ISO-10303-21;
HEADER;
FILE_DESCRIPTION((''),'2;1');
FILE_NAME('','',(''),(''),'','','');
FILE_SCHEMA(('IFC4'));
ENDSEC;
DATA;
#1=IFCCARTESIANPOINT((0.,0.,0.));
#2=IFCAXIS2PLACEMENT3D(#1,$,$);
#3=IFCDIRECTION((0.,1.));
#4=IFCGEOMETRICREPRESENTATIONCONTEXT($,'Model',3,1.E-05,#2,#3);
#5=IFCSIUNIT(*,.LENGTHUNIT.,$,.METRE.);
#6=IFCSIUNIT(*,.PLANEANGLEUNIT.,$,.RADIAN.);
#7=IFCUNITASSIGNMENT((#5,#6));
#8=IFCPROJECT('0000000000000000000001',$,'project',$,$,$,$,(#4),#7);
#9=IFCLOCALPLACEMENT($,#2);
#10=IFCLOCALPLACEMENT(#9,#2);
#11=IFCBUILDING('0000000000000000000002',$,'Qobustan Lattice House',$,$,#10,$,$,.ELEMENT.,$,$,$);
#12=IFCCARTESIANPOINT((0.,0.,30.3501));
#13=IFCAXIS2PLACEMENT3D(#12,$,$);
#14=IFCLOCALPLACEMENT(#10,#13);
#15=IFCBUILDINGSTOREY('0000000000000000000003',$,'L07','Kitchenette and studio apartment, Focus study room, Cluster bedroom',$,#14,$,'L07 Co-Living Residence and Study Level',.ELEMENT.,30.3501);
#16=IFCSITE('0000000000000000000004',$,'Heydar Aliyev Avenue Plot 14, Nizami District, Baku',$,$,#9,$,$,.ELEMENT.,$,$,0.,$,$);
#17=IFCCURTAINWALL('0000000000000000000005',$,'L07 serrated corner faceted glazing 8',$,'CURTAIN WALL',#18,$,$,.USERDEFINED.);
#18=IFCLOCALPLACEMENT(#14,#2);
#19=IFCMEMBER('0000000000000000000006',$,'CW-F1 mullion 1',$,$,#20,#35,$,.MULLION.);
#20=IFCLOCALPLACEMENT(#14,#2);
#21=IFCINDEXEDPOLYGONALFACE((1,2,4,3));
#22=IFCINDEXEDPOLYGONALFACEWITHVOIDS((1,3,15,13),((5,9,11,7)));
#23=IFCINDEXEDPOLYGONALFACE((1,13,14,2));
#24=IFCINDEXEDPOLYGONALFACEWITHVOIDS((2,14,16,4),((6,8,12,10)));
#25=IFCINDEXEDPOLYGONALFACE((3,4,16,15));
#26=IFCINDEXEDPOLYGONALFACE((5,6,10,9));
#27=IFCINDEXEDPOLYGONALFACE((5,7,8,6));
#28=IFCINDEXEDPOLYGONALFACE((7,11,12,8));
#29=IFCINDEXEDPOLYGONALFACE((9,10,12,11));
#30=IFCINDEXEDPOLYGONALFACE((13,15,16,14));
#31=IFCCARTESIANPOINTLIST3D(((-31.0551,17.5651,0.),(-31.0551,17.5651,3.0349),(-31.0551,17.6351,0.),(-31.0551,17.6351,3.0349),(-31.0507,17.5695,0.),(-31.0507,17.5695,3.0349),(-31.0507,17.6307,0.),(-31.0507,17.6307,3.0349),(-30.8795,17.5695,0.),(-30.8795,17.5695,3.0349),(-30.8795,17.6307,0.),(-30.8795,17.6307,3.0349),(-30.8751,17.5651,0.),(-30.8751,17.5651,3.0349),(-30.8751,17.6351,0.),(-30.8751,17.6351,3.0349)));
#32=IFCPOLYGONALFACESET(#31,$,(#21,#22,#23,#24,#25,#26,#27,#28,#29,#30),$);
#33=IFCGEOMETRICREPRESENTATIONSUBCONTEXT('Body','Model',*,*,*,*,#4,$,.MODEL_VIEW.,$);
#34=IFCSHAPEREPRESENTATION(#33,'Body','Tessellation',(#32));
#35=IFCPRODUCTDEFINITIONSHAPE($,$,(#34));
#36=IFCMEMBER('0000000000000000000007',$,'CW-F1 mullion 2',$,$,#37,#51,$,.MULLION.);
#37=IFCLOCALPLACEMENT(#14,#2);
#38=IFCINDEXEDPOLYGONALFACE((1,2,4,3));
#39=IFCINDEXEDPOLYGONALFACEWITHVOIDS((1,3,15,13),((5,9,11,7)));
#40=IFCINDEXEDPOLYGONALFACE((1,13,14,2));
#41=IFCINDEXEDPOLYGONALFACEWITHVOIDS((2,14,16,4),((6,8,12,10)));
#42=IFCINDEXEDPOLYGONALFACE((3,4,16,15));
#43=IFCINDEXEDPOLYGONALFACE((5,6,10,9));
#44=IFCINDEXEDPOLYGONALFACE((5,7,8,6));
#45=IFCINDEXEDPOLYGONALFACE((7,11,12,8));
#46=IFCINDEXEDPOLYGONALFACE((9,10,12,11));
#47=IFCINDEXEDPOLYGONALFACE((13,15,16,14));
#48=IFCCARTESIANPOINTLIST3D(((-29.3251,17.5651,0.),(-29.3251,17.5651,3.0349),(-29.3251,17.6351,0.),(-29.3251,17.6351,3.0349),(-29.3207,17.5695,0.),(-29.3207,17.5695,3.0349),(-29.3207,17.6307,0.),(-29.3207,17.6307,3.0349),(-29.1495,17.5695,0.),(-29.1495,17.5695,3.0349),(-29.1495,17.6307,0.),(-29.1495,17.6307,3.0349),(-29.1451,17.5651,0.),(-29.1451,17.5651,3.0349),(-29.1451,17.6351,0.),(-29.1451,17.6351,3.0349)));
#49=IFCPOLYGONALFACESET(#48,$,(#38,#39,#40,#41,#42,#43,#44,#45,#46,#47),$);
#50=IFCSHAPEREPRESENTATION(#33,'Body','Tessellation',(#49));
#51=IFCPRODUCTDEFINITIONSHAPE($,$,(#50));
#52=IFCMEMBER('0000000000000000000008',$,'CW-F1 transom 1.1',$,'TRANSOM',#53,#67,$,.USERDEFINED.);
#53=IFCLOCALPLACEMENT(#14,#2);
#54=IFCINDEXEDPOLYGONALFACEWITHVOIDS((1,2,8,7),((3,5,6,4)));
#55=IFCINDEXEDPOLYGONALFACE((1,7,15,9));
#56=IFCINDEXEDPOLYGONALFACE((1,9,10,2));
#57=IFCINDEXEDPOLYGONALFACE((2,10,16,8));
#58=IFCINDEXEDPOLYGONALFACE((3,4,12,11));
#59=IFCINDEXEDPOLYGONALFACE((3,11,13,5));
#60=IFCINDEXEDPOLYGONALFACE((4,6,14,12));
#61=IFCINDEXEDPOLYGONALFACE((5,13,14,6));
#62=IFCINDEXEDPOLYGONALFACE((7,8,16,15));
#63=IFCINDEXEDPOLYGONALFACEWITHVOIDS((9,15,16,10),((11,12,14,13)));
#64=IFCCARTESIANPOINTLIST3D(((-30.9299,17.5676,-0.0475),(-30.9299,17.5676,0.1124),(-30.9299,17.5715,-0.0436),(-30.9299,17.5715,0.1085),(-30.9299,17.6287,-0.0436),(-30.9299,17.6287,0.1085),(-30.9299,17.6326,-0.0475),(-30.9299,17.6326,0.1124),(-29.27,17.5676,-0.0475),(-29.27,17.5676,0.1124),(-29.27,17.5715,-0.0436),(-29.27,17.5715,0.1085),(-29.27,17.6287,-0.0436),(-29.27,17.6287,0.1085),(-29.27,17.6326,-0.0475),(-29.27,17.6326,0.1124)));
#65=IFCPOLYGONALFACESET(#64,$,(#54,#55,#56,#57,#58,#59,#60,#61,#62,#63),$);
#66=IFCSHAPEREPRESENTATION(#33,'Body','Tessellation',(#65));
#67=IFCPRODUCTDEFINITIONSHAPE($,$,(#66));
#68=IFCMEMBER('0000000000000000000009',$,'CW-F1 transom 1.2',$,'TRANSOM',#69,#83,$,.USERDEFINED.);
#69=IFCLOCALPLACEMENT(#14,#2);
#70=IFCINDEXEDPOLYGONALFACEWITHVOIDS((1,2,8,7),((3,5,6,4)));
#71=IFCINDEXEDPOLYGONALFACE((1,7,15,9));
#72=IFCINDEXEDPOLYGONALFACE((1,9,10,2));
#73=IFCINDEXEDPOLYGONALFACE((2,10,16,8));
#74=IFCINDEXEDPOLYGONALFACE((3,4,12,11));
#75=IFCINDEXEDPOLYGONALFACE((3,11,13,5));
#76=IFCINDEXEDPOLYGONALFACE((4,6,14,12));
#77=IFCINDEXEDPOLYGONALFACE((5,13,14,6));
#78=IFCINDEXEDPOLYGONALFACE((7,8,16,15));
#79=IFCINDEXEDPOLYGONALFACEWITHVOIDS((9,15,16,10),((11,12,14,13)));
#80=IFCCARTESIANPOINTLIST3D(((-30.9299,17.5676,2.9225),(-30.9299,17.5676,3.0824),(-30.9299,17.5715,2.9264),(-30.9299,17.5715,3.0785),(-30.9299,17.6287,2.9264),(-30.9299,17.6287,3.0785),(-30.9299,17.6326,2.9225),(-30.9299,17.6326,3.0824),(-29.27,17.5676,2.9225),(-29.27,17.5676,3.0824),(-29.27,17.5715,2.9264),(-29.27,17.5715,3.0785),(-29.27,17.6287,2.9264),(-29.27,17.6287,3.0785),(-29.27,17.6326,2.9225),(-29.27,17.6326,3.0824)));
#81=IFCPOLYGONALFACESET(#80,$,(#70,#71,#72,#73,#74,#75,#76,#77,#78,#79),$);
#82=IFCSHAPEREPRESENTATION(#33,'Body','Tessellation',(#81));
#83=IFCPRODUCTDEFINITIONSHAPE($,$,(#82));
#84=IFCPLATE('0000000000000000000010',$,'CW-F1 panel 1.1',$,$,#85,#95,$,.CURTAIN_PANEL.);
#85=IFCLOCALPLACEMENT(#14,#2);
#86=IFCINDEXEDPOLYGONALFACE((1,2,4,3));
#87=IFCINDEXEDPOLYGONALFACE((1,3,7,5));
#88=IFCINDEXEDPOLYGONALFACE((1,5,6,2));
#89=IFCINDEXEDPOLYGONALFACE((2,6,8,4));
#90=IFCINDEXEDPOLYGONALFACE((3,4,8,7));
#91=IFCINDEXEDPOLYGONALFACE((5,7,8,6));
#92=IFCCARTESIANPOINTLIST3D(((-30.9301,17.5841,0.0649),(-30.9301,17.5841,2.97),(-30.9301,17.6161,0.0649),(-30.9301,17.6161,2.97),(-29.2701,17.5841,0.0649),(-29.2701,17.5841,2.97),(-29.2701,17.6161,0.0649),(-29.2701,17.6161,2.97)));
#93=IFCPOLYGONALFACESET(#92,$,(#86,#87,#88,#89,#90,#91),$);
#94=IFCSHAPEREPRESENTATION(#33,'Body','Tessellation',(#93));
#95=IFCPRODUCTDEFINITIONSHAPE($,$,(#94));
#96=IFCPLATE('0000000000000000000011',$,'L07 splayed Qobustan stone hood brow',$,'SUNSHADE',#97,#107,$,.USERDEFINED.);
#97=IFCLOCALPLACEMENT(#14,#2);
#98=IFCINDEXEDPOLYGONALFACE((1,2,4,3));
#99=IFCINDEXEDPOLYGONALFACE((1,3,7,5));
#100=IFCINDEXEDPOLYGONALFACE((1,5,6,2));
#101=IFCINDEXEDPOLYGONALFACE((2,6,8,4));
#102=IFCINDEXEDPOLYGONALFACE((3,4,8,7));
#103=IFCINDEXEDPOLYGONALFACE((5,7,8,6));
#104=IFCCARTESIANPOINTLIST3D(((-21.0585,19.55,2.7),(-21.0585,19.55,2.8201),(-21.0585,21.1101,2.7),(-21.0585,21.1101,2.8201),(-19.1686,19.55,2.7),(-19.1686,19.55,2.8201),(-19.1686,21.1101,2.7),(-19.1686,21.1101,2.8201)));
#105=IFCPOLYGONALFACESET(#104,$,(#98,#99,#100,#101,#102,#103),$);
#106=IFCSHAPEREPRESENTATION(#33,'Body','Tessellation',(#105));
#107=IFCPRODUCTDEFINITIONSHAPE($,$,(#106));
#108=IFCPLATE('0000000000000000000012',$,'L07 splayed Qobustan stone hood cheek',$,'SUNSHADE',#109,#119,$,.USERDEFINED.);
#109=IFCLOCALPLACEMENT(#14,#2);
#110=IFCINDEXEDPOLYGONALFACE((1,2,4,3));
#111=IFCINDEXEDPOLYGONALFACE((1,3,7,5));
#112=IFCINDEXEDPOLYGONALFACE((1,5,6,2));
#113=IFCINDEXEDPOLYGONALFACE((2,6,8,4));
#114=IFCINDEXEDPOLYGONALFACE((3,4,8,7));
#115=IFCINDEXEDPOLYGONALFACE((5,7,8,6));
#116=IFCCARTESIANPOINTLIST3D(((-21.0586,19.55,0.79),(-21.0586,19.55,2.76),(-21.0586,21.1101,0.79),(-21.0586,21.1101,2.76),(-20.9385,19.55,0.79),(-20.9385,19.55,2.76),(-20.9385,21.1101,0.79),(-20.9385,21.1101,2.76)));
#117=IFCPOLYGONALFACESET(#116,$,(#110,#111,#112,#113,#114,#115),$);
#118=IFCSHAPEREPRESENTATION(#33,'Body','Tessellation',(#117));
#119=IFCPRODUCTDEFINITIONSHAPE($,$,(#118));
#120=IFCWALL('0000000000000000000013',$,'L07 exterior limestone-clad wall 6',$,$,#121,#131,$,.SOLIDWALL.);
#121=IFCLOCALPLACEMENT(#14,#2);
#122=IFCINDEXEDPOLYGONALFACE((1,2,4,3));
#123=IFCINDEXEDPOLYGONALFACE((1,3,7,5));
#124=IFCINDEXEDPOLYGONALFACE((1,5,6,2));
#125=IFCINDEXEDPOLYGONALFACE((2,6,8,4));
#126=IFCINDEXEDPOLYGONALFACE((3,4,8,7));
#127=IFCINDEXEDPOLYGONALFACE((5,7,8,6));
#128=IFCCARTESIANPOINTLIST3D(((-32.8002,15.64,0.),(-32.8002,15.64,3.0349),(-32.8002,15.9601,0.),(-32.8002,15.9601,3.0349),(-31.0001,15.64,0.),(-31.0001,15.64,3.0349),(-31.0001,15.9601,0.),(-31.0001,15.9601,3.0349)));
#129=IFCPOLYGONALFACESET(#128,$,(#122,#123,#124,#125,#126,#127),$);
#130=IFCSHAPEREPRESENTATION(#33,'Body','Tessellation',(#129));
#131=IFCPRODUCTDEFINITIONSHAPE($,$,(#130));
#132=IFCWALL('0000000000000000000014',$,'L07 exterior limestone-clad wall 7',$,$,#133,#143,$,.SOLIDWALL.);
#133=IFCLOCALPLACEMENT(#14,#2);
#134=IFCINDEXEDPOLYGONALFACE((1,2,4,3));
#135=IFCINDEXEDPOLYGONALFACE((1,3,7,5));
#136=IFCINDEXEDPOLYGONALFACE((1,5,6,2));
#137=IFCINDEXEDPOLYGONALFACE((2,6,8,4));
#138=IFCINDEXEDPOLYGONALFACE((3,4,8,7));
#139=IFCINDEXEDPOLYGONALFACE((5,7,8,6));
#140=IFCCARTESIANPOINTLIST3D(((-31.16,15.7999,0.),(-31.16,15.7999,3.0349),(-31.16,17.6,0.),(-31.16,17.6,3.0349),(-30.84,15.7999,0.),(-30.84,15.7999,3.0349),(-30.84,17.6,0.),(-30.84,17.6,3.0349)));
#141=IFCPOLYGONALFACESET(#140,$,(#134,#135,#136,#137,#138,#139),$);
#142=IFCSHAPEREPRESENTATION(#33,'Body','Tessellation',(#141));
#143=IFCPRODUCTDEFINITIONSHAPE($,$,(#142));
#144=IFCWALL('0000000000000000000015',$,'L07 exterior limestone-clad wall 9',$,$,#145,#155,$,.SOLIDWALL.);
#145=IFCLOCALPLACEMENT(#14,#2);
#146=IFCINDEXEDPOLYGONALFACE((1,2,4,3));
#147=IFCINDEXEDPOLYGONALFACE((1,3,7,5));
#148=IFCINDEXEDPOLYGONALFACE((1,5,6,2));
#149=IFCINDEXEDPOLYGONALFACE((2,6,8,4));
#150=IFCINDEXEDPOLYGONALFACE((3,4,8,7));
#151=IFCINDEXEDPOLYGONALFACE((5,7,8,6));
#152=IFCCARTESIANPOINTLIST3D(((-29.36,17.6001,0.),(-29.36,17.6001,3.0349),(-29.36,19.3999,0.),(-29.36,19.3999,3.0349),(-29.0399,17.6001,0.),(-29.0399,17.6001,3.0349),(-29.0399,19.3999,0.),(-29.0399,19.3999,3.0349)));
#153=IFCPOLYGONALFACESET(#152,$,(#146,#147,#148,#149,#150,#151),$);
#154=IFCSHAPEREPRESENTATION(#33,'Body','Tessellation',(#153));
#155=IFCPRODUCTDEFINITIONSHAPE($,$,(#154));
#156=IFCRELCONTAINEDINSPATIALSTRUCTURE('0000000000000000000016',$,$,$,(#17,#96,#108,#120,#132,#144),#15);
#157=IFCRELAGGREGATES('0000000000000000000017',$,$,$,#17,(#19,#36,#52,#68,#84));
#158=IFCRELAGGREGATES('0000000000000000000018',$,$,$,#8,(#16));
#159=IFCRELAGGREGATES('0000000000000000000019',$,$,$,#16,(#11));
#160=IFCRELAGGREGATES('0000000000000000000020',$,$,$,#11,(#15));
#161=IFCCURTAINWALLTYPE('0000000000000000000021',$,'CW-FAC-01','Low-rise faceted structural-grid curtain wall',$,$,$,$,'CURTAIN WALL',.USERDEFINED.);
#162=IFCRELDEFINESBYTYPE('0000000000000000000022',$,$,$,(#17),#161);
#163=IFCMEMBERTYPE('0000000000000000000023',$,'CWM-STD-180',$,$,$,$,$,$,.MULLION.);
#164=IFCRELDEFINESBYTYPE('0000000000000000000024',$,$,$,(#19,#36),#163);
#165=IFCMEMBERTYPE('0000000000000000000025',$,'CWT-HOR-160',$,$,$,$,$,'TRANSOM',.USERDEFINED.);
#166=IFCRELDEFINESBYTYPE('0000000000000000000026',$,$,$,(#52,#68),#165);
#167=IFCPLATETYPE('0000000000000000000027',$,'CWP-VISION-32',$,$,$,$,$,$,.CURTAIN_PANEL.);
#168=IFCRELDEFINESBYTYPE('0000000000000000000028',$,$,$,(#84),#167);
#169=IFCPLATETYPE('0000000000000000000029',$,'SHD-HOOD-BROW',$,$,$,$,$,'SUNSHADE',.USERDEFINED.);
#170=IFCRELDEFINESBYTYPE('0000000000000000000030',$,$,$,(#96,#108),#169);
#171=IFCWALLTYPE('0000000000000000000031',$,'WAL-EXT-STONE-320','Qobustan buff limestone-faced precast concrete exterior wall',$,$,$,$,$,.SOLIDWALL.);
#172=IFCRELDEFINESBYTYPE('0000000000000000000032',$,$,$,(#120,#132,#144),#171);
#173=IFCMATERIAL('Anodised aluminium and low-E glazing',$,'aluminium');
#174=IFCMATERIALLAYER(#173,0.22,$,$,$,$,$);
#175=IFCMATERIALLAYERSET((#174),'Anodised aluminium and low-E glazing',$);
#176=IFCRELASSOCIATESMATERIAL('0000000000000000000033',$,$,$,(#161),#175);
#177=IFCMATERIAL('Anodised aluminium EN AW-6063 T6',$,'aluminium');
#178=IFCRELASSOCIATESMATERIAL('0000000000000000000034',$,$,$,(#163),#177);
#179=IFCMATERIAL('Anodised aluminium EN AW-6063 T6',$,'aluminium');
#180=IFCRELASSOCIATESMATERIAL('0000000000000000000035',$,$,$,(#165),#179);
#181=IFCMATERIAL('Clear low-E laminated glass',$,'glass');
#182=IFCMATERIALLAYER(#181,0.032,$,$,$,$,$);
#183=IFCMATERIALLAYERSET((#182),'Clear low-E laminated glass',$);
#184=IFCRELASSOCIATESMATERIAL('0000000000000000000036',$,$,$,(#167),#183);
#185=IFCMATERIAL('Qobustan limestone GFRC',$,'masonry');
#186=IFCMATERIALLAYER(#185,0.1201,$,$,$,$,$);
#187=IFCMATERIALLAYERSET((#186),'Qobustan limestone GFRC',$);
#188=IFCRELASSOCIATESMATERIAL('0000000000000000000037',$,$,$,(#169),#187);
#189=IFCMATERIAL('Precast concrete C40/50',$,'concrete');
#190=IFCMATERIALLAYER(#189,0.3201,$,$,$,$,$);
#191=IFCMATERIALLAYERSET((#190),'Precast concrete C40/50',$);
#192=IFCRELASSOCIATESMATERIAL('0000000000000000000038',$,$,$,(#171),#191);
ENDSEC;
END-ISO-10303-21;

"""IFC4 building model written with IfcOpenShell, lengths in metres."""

from ifc_helpers import new_model, si_unit, direction, frame, frame_2d, origin, origin_2d, place, context, subcontext, project, spatial, rectangle, hollow_rectangle, extrude, material, layer, layer_set, material_profile, profile_set, type_object, element, aggregate, save


model = new_model("IFC4")

# Units and contexts
model_context = context("Model", 3, precision=1e-05, world=origin(), true_north=direction((0.0, 1.0)))
body_context = subcontext(model_context, "Body", "Model", "MODEL_VIEW")
ifc_project = project(units=[si_unit("LENGTHUNIT", "METRE"), si_unit("PLANEANGLEUNIT", "RADIAN")], contexts=[model_context])

# Site, building, storey
site_placement = place(None, origin())
site = spatial("IfcSite", under=ifc_project, at=site_placement, Name="Heydar Aliyev Avenue Plot 14, Nizami District, Baku", CompositionType="ELEMENT", RefElevation=0.0)
building_placement = place(site_placement, origin())
building = spatial("IfcBuilding", under=site, at=building_placement, Name="Qobustan Lattice House", CompositionType="ELEMENT")
storey_placement = place(building_placement, frame((0.0, 0.0, 30.3501)))
storey = spatial("IfcBuildingStorey", under=building, at=storey_placement, Name="L07", Description="Kitchenette and studio apartment, Focus study room, Cluster bedroom", LongName="L07 Co-Living Residence and Study Level", CompositionType="ELEMENT", Elevation=30.3501)

# Curtain wall, members, plate
ifc_material_1 = material(Name="Anodised aluminium and low-E glazing", Category="aluminium")
ifc_layer_1 = layer(ifc_material_1, 0.22)
ifc_layer_set_1 = layer_set([ifc_layer_1], Name="Anodised aluminium and low-E glazing")
curtain_wall_type = type_object("IfcCurtainWallType", Name="CW-FAC-01", Description="Low-rise faceted structural-grid curtain wall", ElementType="CURTAIN WALL", PredefinedType="USERDEFINED", material=ifc_layer_set_1)
curtain_wall_placement = place(storey_placement, origin())
curtain_wall = element("IfcCurtainWall", 1, at=curtain_wall_placement, inside=storey, type_object=curtain_wall_type, Name="L07 serrated corner faceted glazing 8", ObjectType="CURTAIN WALL", PredefinedType="USERDEFINED")
ifc_material_2 = material(Name="Anodised aluminium EN AW-6063 T6", Category="aluminium")
ifc_material_profile_1 = material_profile(ifc_material_2, hollow_rectangle(XDim=0.0701, YDim=0.1799, WallThickness=0.0044, at=origin_2d()), Name="CWM-180x70")
ifc_profile_set_1 = profile_set([ifc_material_profile_1], Name="Anodised aluminium EN AW-6063 T6")
member_type_1 = type_object("IfcMemberType", Name="CWM-STD-180", PredefinedType="MULLION", material=ifc_profile_set_1)
member_1_placement = place(storey_placement, frame((-30.9651, 17.6001, 0.0), z_axis=(0.0, 0.0, 1.0), x_axis=(0.0, 1.0, 0.0)))
member_1 = element("IfcMember", 2, at=member_1_placement, type_object=member_type_1, Name="CW-F1 mullion 1", PredefinedType="MULLION", context=body_context, shape_type="SweptSolid", body=[
    extrude(hollow_rectangle(XDim=0.0701, YDim=0.1799, WallThickness=0.0044, at=origin_2d()), origin(), (0.0, 0.0, 1.0), 3.0349),
])
member_2_placement = place(storey_placement, frame((-29.2351, 17.6001, 0.0), z_axis=(0.0, 0.0, 1.0), x_axis=(0.0, 1.0, 0.0)))
member_2 = element("IfcMember", 3, at=member_2_placement, type_object=member_type_1, Name="CW-F1 mullion 2", PredefinedType="MULLION", context=body_context, shape_type="SweptSolid", body=[
    extrude(hollow_rectangle(XDim=0.0701, YDim=0.1799, WallThickness=0.0044, at=origin_2d()), origin(), (0.0, 0.0, 1.0), 3.0349),
])
ifc_material_3 = material(Name="Anodised aluminium EN AW-6063 T6", Category="aluminium")
ifc_material_profile_2 = material_profile(ifc_material_3, hollow_rectangle(XDim=0.0649, YDim=0.1599, WallThickness=0.0039, at=origin_2d()), Name="CWT-160x65")
ifc_profile_set_2 = profile_set([ifc_material_profile_2], Name="Anodised aluminium EN AW-6063 T6")
member_type_2 = type_object("IfcMemberType", Name="CWT-HOR-160", ElementType="TRANSOM", PredefinedType="USERDEFINED", material=ifc_profile_set_2)
member_3_placement = place(storey_placement, frame((-30.9299, 17.6001, 0.0325), z_axis=(1.0, 0.0, 0.0), x_axis=(0.0, 1.0, 0.0)))
member_3 = element("IfcMember", 4, at=member_3_placement, type_object=member_type_2, Name="CW-F1 transom 1.1", ObjectType="TRANSOM", PredefinedType="USERDEFINED", context=body_context, shape_type="SweptSolid", body=[
    extrude(hollow_rectangle(XDim=0.0649, YDim=0.1599, WallThickness=0.0039, at=origin_2d()), origin(), (0.0, 0.0, 1.0), 1.6599),
])
member_4_placement = place(storey_placement, frame((-30.9299, 17.6001, 3.0024), z_axis=(1.0, 0.0, 0.0), x_axis=(0.0, 1.0, 0.0)))
member_4 = element("IfcMember", 5, at=member_4_placement, type_object=member_type_2, Name="CW-F1 transom 1.2", ObjectType="TRANSOM", PredefinedType="USERDEFINED", context=body_context, shape_type="SweptSolid", body=[
    extrude(hollow_rectangle(XDim=0.0649, YDim=0.1599, WallThickness=0.0039, at=origin_2d()), origin(), (0.0, 0.0, 1.0), 1.6599),
])
ifc_material_4 = material(Name="Clear low-E laminated glass", Category="glass")
ifc_layer_2 = layer(ifc_material_4, 0.032)
ifc_layer_set_2 = layer_set([ifc_layer_2], Name="Clear low-E laminated glass")
plate_type_1 = type_object("IfcPlateType", Name="CWP-VISION-32", PredefinedType="CURTAIN_PANEL", material=ifc_layer_set_2)
plate_1_placement = place(storey_placement, frame((-30.1001, 17.6001, 0.0649), z_axis=(0.0, 0.0, 1.0), x_axis=(1.0, 0.0, 0.0)))
plate_1 = element("IfcPlate", 6, at=plate_1_placement, type_object=plate_type_1, Name="CW-F1 panel 1.1", PredefinedType="CURTAIN_PANEL", context=body_context, shape_type="SweptSolid", body=[
    extrude(rectangle(XDim=1.6599, YDim=0.032, at=origin_2d()), origin(), (0.0, 0.0, 1.0), 2.905),
])
aggregate(curtain_wall, [member_1, member_2, member_3, member_4, plate_1])

# Plates
ifc_material_5 = material(Name="Qobustan limestone GFRC", Category="masonry")
ifc_layer_3 = layer(ifc_material_5, 0.1201)
ifc_layer_set_3 = layer_set([ifc_layer_3], Name="Qobustan limestone GFRC")
plate_type_2 = type_object("IfcPlateType", Name="SHD-HOOD-BROW", ElementType="SUNSHADE", PredefinedType="USERDEFINED", material=ifc_layer_set_3)
plate_2_placement = place(storey_placement, frame((-20.1135, 20.3301, 2.7), z_axis=(0.0, 0.0, 1.0), x_axis=(1.0, 0.0, 0.0)))
element("IfcPlate", 7, at=plate_2_placement, inside=storey, type_object=plate_type_2, Name="L07 splayed Qobustan stone hood brow", ObjectType="SUNSHADE", PredefinedType="USERDEFINED", context=body_context, shape_type="SweptSolid", body=[
    extrude(rectangle(XDim=1.8899, YDim=1.5601, at=origin_2d()), origin(), (0.0, 0.0, 1.0), 0.1201),
])
plate_3_placement = place(storey_placement, frame((-20.9985, 20.3301, 0.79), z_axis=(0.0, 0.0, 1.0), x_axis=(1.0, 0.0, 0.0)))
element("IfcPlate", 8, at=plate_3_placement, inside=storey, type_object=plate_type_2, Name="L07 splayed Qobustan stone hood cheek", ObjectType="SUNSHADE", PredefinedType="USERDEFINED", context=body_context, shape_type="SweptSolid", body=[
    extrude(rectangle(XDim=0.1201, YDim=1.5601, at=origin_2d()), origin(), (0.0, 0.0, 1.0), 1.97),
])

# Walls
ifc_material_6 = material(Name="Precast concrete C40/50", Category="concrete")
ifc_layer_4 = layer(ifc_material_6, 0.3201)
ifc_layer_set_4 = layer_set([ifc_layer_4], Name="Precast concrete C40/50")
wall_type = type_object("IfcWallType", Name="WAL-EXT-STONE-320", Description="Qobustan buff limestone-faced precast concrete exterior wall", PredefinedType="SOLIDWALL", material=ifc_layer_set_4)
for number, where, z_axis, x_axis, name in (
    (9, (-32.8, 15.8, 0.0), (0.0, 0.0, 1.0), (1.0, 0.0, 0.0), "L07 exterior limestone-clad wall 6"),
    (10, (-31.0, 15.8, 0.0), (0.0, 0.0, 1.0), (0.0, 1.0, 0.0), "L07 exterior limestone-clad wall 7"),
):
    element("IfcWall", number, at=place(storey_placement, frame(where, z_axis=z_axis, x_axis=x_axis)), inside=storey, type_object=wall_type, Name=name, PredefinedType="SOLIDWALL", context=body_context, shape_type="SweptSolid", body=[
        extrude(rectangle(XDim=1.8, YDim=0.3201, at=frame_2d((0.8999, 0.0))), origin(), (0.0, 0.0, 1.0), 3.0349),
    ])
wall_1_placement = place(storey_placement, frame((-29.2, 17.6001, 0.0), z_axis=(0.0, 0.0, 1.0), x_axis=(0.0, 1.0, 0.0)))
element("IfcWall", 11, at=wall_1_placement, inside=storey, type_object=wall_type, Name="L07 exterior limestone-clad wall 9", PredefinedType="SOLIDWALL", context=body_context, shape_type="SweptSolid", body=[
    extrude(rectangle(XDim=1.7998, YDim=0.3201, at=frame_2d((0.8999, 0.0))), origin(), (0.0, 0.0, 1.0), 3.0349),
])

save(model, "model.ifc")
